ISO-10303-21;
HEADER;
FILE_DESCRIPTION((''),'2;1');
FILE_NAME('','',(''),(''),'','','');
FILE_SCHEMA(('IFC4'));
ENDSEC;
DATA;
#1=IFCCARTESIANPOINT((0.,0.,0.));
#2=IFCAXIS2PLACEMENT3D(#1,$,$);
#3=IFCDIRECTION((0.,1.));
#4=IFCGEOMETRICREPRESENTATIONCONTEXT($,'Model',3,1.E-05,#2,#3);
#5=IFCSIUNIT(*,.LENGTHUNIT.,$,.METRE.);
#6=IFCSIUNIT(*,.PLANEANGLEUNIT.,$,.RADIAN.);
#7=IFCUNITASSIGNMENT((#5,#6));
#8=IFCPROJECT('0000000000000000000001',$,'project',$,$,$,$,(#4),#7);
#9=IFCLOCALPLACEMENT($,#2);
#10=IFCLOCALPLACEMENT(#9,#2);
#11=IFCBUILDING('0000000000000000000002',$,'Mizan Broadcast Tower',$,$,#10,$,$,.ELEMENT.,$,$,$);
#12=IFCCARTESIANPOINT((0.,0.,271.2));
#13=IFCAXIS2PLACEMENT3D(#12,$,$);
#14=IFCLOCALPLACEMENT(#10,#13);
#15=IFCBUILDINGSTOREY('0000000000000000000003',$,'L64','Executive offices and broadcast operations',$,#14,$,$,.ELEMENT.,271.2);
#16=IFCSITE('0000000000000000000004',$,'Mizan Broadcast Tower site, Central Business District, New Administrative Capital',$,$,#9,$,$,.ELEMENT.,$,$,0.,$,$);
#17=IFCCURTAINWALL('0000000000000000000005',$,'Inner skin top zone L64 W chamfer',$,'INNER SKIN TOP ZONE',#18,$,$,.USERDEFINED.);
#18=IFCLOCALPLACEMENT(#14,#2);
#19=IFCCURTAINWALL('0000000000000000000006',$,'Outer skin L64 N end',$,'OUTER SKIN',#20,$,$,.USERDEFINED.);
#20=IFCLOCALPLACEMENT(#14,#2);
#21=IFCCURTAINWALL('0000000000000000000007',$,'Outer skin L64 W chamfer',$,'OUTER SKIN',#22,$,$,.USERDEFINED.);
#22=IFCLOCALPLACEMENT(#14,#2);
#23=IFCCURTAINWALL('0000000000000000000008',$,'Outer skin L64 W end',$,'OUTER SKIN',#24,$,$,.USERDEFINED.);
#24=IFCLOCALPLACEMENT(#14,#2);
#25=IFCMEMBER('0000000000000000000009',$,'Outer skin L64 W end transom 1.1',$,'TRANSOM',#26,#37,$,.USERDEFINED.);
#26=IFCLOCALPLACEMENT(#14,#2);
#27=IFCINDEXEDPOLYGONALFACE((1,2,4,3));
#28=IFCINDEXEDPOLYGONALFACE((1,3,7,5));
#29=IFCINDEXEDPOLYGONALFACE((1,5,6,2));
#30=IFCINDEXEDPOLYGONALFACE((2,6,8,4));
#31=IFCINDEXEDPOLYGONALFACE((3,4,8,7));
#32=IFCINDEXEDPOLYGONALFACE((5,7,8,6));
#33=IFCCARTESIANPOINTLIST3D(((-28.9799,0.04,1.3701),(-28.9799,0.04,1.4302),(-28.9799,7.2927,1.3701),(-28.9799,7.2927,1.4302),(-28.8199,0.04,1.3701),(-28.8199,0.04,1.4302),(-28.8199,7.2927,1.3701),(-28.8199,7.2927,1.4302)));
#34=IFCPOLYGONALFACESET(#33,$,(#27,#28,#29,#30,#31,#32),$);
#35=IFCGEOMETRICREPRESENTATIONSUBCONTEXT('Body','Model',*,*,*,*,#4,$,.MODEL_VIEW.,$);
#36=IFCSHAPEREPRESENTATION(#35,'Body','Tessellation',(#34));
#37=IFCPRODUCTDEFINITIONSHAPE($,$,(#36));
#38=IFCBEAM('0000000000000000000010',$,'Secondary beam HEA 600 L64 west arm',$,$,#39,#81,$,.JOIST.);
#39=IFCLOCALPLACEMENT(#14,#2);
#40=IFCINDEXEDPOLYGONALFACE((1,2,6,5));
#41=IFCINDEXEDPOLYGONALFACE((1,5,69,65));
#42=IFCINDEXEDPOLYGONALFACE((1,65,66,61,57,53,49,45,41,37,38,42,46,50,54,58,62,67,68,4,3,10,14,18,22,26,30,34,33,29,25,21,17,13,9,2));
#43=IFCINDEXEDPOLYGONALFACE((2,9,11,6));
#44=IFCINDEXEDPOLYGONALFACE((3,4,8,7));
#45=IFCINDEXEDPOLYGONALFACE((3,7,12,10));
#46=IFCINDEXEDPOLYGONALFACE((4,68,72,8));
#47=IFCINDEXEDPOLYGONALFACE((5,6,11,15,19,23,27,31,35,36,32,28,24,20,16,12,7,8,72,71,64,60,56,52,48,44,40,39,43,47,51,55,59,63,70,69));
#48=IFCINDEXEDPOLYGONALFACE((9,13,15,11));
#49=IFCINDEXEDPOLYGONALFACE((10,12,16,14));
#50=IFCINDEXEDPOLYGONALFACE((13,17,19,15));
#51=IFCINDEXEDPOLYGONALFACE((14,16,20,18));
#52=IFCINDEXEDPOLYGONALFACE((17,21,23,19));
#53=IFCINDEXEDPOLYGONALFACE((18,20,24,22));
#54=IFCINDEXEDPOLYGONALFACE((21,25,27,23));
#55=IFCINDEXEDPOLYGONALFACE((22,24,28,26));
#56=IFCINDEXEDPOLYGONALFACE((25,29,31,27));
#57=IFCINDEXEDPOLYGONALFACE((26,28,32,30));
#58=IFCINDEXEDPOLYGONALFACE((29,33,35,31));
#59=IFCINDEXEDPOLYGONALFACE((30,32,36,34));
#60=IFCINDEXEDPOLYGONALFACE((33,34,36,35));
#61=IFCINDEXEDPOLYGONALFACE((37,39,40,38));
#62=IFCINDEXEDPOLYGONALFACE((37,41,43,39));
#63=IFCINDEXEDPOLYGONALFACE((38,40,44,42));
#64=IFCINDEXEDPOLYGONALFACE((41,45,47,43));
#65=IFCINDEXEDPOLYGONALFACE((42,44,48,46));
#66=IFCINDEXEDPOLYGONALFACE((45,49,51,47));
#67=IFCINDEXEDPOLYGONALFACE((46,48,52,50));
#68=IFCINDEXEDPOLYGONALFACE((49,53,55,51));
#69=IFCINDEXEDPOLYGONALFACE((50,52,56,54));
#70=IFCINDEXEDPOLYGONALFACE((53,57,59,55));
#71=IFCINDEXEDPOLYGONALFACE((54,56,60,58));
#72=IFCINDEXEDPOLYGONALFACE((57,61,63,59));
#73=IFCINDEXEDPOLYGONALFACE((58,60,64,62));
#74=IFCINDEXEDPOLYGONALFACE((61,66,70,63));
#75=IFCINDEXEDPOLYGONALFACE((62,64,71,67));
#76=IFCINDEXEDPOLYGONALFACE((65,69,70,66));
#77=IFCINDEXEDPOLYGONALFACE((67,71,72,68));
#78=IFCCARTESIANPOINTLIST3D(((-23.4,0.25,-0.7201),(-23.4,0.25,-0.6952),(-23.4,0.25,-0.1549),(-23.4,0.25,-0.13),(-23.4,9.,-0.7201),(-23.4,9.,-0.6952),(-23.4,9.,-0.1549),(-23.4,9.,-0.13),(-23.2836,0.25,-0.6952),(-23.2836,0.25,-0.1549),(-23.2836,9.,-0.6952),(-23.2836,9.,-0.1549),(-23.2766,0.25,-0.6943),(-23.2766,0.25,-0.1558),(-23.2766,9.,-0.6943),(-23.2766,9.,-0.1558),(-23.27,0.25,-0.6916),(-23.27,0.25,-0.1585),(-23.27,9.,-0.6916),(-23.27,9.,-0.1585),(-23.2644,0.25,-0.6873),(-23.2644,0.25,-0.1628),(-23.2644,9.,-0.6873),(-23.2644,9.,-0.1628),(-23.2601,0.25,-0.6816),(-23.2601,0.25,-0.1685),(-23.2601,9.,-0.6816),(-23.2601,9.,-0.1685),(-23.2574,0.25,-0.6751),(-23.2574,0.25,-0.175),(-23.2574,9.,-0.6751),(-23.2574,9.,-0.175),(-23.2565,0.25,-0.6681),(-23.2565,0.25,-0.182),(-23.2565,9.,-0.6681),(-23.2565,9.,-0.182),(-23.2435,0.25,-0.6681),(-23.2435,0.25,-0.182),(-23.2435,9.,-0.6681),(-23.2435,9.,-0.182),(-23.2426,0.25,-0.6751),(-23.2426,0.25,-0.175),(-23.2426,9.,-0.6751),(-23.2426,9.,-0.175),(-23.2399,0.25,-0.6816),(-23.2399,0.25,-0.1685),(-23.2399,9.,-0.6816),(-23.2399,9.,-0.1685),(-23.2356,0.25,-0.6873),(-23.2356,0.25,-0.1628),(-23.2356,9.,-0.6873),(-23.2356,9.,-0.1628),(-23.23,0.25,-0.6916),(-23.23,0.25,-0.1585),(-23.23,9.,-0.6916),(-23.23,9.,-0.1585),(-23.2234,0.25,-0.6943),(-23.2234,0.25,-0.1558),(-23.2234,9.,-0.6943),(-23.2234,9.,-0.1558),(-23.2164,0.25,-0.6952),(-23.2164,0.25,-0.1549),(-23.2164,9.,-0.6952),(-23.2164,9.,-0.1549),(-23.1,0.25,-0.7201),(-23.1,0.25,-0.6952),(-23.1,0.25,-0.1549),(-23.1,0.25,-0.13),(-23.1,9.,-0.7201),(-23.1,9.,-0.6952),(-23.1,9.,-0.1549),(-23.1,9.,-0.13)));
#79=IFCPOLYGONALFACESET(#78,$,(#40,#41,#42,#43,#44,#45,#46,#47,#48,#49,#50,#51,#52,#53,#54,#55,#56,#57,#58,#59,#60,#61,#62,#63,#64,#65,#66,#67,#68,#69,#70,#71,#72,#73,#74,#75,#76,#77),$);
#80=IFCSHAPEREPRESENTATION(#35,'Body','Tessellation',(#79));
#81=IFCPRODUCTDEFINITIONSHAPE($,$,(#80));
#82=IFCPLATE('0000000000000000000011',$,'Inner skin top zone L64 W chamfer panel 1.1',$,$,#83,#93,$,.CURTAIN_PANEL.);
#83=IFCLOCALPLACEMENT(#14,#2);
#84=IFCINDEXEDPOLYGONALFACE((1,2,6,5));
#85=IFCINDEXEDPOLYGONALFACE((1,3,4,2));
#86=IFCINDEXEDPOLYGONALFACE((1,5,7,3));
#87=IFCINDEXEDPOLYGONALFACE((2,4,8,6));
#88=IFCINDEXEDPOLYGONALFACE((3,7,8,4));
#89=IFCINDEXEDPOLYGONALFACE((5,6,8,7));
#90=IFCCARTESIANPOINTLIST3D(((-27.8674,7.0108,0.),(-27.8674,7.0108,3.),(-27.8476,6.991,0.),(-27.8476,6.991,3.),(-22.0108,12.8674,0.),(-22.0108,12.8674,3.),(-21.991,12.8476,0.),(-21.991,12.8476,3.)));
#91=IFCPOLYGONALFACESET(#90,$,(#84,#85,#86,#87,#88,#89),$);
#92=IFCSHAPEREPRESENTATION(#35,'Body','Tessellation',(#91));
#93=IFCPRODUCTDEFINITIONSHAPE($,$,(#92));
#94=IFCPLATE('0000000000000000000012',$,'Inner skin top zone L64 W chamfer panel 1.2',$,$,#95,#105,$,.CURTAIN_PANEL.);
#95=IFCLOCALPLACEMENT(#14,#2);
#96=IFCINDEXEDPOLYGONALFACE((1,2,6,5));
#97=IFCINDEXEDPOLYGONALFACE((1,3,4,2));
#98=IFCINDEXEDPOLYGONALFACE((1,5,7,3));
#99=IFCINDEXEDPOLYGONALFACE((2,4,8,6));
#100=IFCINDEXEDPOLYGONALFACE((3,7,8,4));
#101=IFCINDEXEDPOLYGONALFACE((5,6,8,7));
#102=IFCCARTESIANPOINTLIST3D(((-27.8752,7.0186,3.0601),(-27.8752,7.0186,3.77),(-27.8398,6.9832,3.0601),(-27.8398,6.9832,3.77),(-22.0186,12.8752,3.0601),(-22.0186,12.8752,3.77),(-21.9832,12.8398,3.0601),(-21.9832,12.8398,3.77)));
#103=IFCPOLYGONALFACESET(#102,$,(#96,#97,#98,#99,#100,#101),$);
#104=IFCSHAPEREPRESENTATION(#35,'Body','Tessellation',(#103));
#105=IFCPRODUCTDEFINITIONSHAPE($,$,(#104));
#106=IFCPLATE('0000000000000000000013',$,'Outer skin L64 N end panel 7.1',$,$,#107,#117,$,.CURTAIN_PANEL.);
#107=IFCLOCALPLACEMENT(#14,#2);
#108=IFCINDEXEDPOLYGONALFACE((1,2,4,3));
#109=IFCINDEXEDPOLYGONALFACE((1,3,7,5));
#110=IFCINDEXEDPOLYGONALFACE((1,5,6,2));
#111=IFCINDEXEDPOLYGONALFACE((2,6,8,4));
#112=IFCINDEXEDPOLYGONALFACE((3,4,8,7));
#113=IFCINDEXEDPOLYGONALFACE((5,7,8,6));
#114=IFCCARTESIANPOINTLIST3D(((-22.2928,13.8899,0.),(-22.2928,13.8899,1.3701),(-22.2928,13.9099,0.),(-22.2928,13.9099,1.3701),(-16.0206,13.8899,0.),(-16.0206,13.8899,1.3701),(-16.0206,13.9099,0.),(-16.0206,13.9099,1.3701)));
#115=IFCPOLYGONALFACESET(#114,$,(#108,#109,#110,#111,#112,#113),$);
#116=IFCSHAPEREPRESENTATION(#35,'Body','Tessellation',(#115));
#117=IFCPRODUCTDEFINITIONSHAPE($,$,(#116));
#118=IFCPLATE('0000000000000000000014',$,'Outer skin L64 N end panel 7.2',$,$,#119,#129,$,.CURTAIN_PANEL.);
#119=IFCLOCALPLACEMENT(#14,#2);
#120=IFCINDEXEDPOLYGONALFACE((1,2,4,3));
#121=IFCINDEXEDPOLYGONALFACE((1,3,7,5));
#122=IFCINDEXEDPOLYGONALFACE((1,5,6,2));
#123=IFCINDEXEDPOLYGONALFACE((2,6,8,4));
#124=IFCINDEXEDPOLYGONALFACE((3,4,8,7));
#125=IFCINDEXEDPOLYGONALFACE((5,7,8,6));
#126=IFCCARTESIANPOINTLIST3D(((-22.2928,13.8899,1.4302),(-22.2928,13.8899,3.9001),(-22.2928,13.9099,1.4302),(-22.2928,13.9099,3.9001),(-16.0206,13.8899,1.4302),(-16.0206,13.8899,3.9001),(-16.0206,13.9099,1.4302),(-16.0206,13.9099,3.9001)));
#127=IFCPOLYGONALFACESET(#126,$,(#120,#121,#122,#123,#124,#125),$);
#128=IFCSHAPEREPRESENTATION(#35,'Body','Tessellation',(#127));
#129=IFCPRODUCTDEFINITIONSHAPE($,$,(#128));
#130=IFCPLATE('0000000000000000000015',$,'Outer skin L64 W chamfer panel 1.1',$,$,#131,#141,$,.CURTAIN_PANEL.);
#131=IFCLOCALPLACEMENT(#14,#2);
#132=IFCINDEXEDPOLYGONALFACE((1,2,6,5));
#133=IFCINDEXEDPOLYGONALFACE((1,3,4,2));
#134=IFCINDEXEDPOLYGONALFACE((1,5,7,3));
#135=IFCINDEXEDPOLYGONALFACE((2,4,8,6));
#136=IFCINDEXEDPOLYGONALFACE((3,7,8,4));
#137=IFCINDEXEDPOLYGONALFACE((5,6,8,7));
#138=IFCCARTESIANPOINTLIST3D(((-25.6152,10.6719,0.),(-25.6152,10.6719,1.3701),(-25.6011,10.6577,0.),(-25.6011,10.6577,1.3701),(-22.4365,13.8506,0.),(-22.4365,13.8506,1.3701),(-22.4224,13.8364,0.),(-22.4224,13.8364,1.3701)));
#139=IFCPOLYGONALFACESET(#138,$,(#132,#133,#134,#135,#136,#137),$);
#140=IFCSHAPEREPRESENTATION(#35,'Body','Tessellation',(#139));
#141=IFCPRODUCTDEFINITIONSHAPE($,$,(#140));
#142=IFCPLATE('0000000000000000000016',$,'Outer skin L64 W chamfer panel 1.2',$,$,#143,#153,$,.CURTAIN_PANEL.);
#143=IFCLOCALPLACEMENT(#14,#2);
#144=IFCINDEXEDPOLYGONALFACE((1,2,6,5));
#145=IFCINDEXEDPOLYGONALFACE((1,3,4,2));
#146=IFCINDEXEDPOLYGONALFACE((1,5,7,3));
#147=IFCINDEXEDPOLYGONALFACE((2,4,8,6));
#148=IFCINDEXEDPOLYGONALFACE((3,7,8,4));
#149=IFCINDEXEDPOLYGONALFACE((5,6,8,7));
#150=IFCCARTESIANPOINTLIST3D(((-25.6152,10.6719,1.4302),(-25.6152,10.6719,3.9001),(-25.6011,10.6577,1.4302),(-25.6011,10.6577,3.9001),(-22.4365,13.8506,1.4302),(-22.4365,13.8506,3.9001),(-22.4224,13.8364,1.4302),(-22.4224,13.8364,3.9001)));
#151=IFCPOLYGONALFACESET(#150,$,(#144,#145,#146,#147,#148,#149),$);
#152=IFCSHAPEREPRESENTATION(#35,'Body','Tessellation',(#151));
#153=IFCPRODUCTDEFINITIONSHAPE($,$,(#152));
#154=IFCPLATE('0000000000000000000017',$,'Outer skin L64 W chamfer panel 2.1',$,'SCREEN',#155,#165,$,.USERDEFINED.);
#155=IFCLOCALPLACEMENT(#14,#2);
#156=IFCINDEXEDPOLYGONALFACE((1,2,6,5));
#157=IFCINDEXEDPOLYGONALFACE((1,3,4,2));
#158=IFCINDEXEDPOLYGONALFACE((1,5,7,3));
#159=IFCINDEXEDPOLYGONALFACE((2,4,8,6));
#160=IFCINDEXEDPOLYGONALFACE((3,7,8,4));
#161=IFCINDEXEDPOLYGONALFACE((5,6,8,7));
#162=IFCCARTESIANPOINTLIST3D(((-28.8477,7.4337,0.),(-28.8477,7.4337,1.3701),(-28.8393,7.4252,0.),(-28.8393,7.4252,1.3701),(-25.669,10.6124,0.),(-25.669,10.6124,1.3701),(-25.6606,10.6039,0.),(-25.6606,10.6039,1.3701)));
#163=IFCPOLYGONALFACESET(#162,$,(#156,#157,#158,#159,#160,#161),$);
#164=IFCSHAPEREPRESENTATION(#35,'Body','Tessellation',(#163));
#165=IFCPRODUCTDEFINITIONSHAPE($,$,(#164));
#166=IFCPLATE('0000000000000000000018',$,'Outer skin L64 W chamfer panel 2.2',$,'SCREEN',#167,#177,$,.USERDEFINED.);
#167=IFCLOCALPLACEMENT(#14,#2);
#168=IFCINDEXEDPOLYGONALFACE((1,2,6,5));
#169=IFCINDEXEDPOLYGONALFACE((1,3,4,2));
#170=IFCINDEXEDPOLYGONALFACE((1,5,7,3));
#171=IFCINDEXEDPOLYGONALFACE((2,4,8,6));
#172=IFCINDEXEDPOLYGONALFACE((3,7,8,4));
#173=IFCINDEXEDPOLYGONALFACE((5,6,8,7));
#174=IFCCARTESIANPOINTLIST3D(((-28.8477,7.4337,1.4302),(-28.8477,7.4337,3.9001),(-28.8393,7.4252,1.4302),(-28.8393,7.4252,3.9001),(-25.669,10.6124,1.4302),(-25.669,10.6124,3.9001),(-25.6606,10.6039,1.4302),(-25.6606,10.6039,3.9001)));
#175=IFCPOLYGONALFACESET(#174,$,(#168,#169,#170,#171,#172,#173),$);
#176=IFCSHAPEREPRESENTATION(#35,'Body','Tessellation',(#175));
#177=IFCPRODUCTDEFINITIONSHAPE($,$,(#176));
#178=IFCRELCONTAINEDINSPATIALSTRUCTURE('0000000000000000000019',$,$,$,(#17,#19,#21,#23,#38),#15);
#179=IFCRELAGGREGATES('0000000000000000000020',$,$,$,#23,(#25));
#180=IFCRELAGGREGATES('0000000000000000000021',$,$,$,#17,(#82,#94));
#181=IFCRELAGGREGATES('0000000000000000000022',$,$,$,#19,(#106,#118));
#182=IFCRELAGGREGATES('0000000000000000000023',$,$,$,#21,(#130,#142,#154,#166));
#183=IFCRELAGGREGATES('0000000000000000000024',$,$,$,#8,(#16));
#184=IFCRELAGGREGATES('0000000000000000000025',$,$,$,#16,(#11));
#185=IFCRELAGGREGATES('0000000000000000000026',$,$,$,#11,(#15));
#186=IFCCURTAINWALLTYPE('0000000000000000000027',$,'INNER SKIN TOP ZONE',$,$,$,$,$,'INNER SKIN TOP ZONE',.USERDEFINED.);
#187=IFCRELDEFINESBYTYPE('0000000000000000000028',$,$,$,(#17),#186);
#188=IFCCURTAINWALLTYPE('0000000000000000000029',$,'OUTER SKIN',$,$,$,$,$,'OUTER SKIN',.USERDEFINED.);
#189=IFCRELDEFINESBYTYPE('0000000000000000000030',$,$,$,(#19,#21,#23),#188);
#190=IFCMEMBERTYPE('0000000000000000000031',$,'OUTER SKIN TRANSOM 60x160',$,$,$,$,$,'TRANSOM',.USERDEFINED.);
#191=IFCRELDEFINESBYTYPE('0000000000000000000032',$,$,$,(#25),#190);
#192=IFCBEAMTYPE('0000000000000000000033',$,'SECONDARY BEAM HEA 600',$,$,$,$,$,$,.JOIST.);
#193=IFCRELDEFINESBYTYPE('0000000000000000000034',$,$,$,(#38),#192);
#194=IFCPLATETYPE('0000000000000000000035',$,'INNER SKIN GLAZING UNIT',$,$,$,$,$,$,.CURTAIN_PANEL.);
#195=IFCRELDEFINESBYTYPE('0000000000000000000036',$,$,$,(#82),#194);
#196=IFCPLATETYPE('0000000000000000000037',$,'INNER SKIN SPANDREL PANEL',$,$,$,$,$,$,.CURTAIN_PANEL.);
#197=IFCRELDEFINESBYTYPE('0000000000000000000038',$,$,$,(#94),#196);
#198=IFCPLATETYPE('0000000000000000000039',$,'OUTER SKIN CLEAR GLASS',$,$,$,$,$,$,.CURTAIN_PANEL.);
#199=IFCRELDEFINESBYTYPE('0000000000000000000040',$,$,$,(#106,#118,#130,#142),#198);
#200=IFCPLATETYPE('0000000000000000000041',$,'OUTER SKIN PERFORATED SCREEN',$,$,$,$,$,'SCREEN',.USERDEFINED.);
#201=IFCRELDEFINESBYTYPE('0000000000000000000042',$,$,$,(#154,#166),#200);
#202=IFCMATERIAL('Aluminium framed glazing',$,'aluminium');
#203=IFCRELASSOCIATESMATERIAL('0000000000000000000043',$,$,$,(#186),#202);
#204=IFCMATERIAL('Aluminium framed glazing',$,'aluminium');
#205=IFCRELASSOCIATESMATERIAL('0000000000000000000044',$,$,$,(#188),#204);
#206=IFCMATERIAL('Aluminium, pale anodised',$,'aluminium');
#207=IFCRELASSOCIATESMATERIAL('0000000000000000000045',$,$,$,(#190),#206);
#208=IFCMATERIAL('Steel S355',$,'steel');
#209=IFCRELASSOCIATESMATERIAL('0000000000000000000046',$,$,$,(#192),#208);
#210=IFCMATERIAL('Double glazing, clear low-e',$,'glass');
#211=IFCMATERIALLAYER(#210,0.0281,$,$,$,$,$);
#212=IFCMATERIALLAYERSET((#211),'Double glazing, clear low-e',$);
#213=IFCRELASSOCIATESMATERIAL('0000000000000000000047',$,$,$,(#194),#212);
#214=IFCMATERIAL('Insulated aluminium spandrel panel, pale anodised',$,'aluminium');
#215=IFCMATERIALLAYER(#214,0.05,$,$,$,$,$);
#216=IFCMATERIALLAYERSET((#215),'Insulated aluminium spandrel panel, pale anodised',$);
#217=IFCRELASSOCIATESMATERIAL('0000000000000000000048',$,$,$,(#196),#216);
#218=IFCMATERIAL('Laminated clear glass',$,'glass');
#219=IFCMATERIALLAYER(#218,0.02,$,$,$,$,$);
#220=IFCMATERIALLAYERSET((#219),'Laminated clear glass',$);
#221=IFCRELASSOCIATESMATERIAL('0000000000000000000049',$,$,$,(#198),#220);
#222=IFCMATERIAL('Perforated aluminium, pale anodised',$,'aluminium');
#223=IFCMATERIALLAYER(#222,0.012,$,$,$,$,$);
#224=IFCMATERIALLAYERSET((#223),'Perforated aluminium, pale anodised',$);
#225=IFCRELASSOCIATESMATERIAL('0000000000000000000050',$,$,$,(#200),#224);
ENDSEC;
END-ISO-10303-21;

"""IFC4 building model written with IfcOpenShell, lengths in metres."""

from ifc_helpers import new_model, si_unit, direction, frame, origin, origin_2d, place, context, subcontext, project, spatial, rectangle, i_section, extrude, material, layer, layer_set, material_profile, profile_set, type_object, element, aggregate, save


model = new_model("IFC4")

# Units and contexts
model_context = context("Model", 3, precision=1e-05, world=origin(), true_north=direction((0.0, 1.0)))
body_context = subcontext(model_context, "Body", "Model", "MODEL_VIEW")
ifc_project = project(units=[si_unit("LENGTHUNIT", "METRE"), si_unit("PLANEANGLEUNIT", "RADIAN")], contexts=[model_context])

# Site, building, storey
site_placement = place(None, origin())
site = spatial("IfcSite", under=ifc_project, at=site_placement, Name="Mizan Broadcast Tower site, Central Business District, New Administrative Capital", CompositionType="ELEMENT", RefElevation=0.0)
building_placement = place(site_placement, origin())
building = spatial("IfcBuilding", under=site, at=building_placement, Name="Mizan Broadcast Tower", CompositionType="ELEMENT")
storey_placement = place(building_placement, frame((0.0, 0.0, 271.2)))
storey = spatial("IfcBuildingStorey", under=building, at=storey_placement, Name="L64", Description="Executive offices and broadcast operations", CompositionType="ELEMENT", Elevation=271.2)

# Curtain walls
ifc_material_1 = material(Name="Aluminium framed glazing", Category="aluminium")
curtain_wall_type_1 = type_object("IfcCurtainWallType", Name="INNER SKIN TOP ZONE", ElementType="INNER SKIN TOP ZONE", PredefinedType="USERDEFINED", material=ifc_material_1)
curtain_wall_1_placement = place(storey_placement, origin())
curtain_wall_1 = element("IfcCurtainWall", 1, at=curtain_wall_1_placement, inside=storey, type_object=curtain_wall_type_1, Name="Inner skin top zone L64 W chamfer", ObjectType="INNER SKIN TOP ZONE", PredefinedType="USERDEFINED")
ifc_material_2 = material(Name="Aluminium framed glazing", Category="aluminium")
curtain_wall_type_2 = type_object("IfcCurtainWallType", Name="OUTER SKIN", ElementType="OUTER SKIN", PredefinedType="USERDEFINED", material=ifc_material_2)
curtain_wall_2_placement = place(storey_placement, origin())
curtain_wall_2 = element("IfcCurtainWall", 2, at=curtain_wall_2_placement, inside=storey, type_object=curtain_wall_type_2, Name="Outer skin L64 N end", ObjectType="OUTER SKIN", PredefinedType="USERDEFINED")

# Curtain wall
curtain_wall_3_placement = place(storey_placement, origin())
curtain_wall_3 = element("IfcCurtainWall", 3, at=curtain_wall_3_placement, inside=storey, type_object=curtain_wall_type_2, Name="Outer skin L64 W chamfer", ObjectType="OUTER SKIN", PredefinedType="USERDEFINED")
ifc_material_3 = material(Name="Aluminium, pale anodised", Category="aluminium")
ifc_material_profile_1 = material_profile(ifc_material_3, rectangle(XDim=0.1599, YDim=0.0601, at=origin_2d()), Name="TRANSOM 160x60")
ifc_profile_set_1 = profile_set([ifc_material_profile_1], Name="Aluminium, pale anodised")
member_type_1 = type_object("IfcMemberType", Name="OUTER SKIN TRANSOM 60x160", ElementType="TRANSOM", PredefinedType="USERDEFINED", material=ifc_profile_set_1)

# Curtain wall, member
curtain_wall_4_placement = place(storey_placement, origin())
curtain_wall_4 = element("IfcCurtainWall", 4, at=curtain_wall_4_placement, inside=storey, type_object=curtain_wall_type_2, Name="Outer skin L64 W end", ObjectType="OUTER SKIN", PredefinedType="USERDEFINED")
member_1_placement = place(storey_placement, frame((-28.8999, 7.2927, 1.4001), z_axis=(0.0, -1.0, 0.0), x_axis=(1.0, 0.0, 0.0)))
member_1 = element("IfcMember", 5, at=member_1_placement, type_object=member_type_1, Name="Outer skin L64 W end transom 1.1", ObjectType="TRANSOM", PredefinedType="USERDEFINED", context=body_context, shape_type="SweptSolid", body=[
    extrude(rectangle(XDim=0.1599, YDim=0.0601, at=origin_2d()), origin(), (0.0, 0.0, 1.0), 7.2527),
])
aggregate(curtain_wall_4, [member_1])

# Beam
ifc_material_4 = material(Name="Steel S355", Category="steel")
ifc_material_profile_2 = material_profile(ifc_material_4, i_section(OverallWidth=0.3, OverallDepth=0.5901, WebThickness=0.0129, FlangeThickness=0.0249, FilletRadius=0.0271, at=origin_2d()), Name="HEA 600")
ifc_profile_set_2 = profile_set([ifc_material_profile_2], Name="Steel S355")
beam_type_1 = type_object("IfcBeamType", Name="SECONDARY BEAM HEA 600", PredefinedType="JOIST", material=ifc_profile_set_2)
beam_1_placement = place(storey_placement, frame((-23.25, 9.0, -0.425), z_axis=(0.0, -1.0, 0.0), x_axis=(1.0, 0.0, 0.0)))
element("IfcBeam", 6, at=beam_1_placement, inside=storey, type_object=beam_type_1, Name="Secondary beam HEA 600 L64 west arm", PredefinedType="JOIST", context=body_context, shape_type="SweptSolid", body=[
    extrude(i_section(OverallWidth=0.3, OverallDepth=0.5901, WebThickness=0.0129, FlangeThickness=0.0249, FilletRadius=0.0271, at=origin_2d()), origin(), (0.0, 0.0, 1.0), 8.75),
])

# Plates
ifc_material_5 = material(Name="Double glazing, clear low-e", Category="glass")
ifc_layer_1 = layer(ifc_material_5, 0.0281)
ifc_layer_set_1 = layer_set([ifc_layer_1], Name="Double glazing, clear low-e")
plate_type_1 = type_object("IfcPlateType", Name="INNER SKIN GLAZING UNIT", PredefinedType="CURTAIN_PANEL", material=ifc_layer_set_1)
plate_1_placement = place(storey_placement, frame((-24.9292, 9.9292, 0.0), z_axis=(0.0, 0.0, 1.0), x_axis=(-0.707107, -0.707107, 0.0)))
plate_1 = element("IfcPlate", 7, at=plate_1_placement, type_object=plate_type_1, Name="Inner skin top zone L64 W chamfer panel 1.1", PredefinedType="CURTAIN_PANEL", context=body_context, shape_type="SweptSolid", body=[
    extrude(rectangle(XDim=8.2825, YDim=0.0281, at=origin_2d()), origin(), (0.0, 0.0, 1.0), 3.0),
])
ifc_material_6 = material(Name="Insulated aluminium spandrel panel, pale anodised", Category="aluminium")
ifc_layer_2 = layer(ifc_material_6, 0.05)
ifc_layer_set_2 = layer_set([ifc_layer_2], Name="Insulated aluminium spandrel panel, pale anodised")
plate_type_2 = type_object("IfcPlateType", Name="INNER SKIN SPANDREL PANEL", PredefinedType="CURTAIN_PANEL", material=ifc_layer_set_2)
plate_2_placement = place(storey_placement, frame((-24.9292, 9.9292, 3.0601), z_axis=(0.0, 0.0, 1.0), x_axis=(-0.707107, -0.707107, 0.0)))
plate_2 = element("IfcPlate", 8, at=plate_2_placement, type_object=plate_type_2, Name="Inner skin top zone L64 W chamfer panel 1.2", PredefinedType="CURTAIN_PANEL", context=body_context, shape_type="SweptSolid", body=[
    extrude(rectangle(XDim=8.2825, YDim=0.05, at=origin_2d()), origin(), (0.0, 0.0, 1.0), 0.71),
])
aggregate(curtain_wall_1, [plate_1, plate_2])
ifc_material_7 = material(Name="Laminated clear glass", Category="glass")
ifc_layer_3 = layer(ifc_material_7, 0.02)
ifc_layer_set_3 = layer_set([ifc_layer_3], Name="Laminated clear glass")
plate_type_3 = type_object("IfcPlateType", Name="OUTER SKIN CLEAR GLASS", PredefinedType="CURTAIN_PANEL", material=ifc_layer_set_3)
plate_3_placement = place(storey_placement, frame((-19.1567, 13.8999, 0.0), z_axis=(0.0, 0.0, 1.0), x_axis=(-1.0, 0.0, 0.0)))
plate_3 = element("IfcPlate", 9, at=plate_3_placement, type_object=plate_type_3, Name="Outer skin L64 N end panel 7.1", PredefinedType="CURTAIN_PANEL", context=body_context, shape_type="SweptSolid", body=[
    extrude(rectangle(XDim=6.2722, YDim=0.02, at=origin_2d()), origin(), (0.0, 0.0, 1.0), 1.3701),
])
plate_4_placement = place(storey_placement, frame((-19.1567, 13.8999, 1.4302), z_axis=(0.0, 0.0, 1.0), x_axis=(-1.0, 0.0, 0.0)))
plate_4 = element("IfcPlate", 10, at=plate_4_placement, type_object=plate_type_3, Name="Outer skin L64 N end panel 7.2", PredefinedType="CURTAIN_PANEL", context=body_context, shape_type="SweptSolid", body=[
    extrude(rectangle(XDim=6.2722, YDim=0.02, at=origin_2d()), origin(), (0.0, 0.0, 1.0), 2.47),
])
aggregate(curtain_wall_2, [plate_3, plate_4])
plate_5_placement = place(storey_placement, frame((-24.0188, 12.2542, 0.0), z_axis=(0.0, 0.0, 1.0), x_axis=(-0.707107, -0.707107, 0.0)))
plate_5 = element("IfcPlate", 11, at=plate_5_placement, type_object=plate_type_3, Name="Outer skin L64 W chamfer panel 1.1", PredefinedType="CURTAIN_PANEL", context=body_context, shape_type="SweptSolid", body=[
    extrude(rectangle(XDim=4.4954, YDim=0.02, at=origin_2d()), origin(), (0.0, 0.0, 1.0), 1.3701),
])
plate_6_placement = place(storey_placement, frame((-24.0188, 12.2542, 1.4302), z_axis=(0.0, 0.0, 1.0), x_axis=(-0.707107, -0.707107, 0.0)))
plate_6 = element("IfcPlate", 12, at=plate_6_placement, type_object=plate_type_3, Name="Outer skin L64 W chamfer panel 1.2", PredefinedType="CURTAIN_PANEL", context=body_context, shape_type="SweptSolid", body=[
    extrude(rectangle(XDim=4.4954, YDim=0.02, at=origin_2d()), origin(), (0.0, 0.0, 1.0), 2.47),
])
ifc_material_8 = material(Name="Perforated aluminium, pale anodised", Category="aluminium")
ifc_layer_4 = layer(ifc_material_8, 0.012)
ifc_layer_set_4 = layer_set([ifc_layer_4], Name="Perforated aluminium, pale anodised")
plate_type_4 = type_object("IfcPlateType", Name="OUTER SKIN PERFORATED SCREEN", ElementType="SCREEN", PredefinedType="USERDEFINED", material=ifc_layer_set_4)
plate_7_placement = place(storey_placement, frame((-27.2542, 9.0188, 0.0), z_axis=(0.0, 0.0, 1.0), x_axis=(-0.707107, -0.707107, 0.0)))
plate_7 = element("IfcPlate", 13, at=plate_7_placement, type_object=plate_type_4, Name="Outer skin L64 W chamfer panel 2.1", ObjectType="SCREEN", PredefinedType="USERDEFINED", context=body_context, shape_type="SweptSolid", body=[
    extrude(rectangle(XDim=4.4954, YDim=0.012, at=origin_2d()), origin(), (0.0, 0.0, 1.0), 1.3701),
])
plate_8_placement = place(storey_placement, frame((-27.2542, 9.0188, 1.4302), z_axis=(0.0, 0.0, 1.0), x_axis=(-0.707107, -0.707107, 0.0)))
plate_8 = element("IfcPlate", 14, at=plate_8_placement, type_object=plate_type_4, Name="Outer skin L64 W chamfer panel 2.2", ObjectType="SCREEN", PredefinedType="USERDEFINED", context=body_context, shape_type="SweptSolid", body=[
    extrude(rectangle(XDim=4.4954, YDim=0.012, at=origin_2d()), origin(), (0.0, 0.0, 1.0), 2.47),
])
aggregate(curtain_wall_3, [plate_5, plate_6, plate_7, plate_8])

save(model, "model.ifc")
